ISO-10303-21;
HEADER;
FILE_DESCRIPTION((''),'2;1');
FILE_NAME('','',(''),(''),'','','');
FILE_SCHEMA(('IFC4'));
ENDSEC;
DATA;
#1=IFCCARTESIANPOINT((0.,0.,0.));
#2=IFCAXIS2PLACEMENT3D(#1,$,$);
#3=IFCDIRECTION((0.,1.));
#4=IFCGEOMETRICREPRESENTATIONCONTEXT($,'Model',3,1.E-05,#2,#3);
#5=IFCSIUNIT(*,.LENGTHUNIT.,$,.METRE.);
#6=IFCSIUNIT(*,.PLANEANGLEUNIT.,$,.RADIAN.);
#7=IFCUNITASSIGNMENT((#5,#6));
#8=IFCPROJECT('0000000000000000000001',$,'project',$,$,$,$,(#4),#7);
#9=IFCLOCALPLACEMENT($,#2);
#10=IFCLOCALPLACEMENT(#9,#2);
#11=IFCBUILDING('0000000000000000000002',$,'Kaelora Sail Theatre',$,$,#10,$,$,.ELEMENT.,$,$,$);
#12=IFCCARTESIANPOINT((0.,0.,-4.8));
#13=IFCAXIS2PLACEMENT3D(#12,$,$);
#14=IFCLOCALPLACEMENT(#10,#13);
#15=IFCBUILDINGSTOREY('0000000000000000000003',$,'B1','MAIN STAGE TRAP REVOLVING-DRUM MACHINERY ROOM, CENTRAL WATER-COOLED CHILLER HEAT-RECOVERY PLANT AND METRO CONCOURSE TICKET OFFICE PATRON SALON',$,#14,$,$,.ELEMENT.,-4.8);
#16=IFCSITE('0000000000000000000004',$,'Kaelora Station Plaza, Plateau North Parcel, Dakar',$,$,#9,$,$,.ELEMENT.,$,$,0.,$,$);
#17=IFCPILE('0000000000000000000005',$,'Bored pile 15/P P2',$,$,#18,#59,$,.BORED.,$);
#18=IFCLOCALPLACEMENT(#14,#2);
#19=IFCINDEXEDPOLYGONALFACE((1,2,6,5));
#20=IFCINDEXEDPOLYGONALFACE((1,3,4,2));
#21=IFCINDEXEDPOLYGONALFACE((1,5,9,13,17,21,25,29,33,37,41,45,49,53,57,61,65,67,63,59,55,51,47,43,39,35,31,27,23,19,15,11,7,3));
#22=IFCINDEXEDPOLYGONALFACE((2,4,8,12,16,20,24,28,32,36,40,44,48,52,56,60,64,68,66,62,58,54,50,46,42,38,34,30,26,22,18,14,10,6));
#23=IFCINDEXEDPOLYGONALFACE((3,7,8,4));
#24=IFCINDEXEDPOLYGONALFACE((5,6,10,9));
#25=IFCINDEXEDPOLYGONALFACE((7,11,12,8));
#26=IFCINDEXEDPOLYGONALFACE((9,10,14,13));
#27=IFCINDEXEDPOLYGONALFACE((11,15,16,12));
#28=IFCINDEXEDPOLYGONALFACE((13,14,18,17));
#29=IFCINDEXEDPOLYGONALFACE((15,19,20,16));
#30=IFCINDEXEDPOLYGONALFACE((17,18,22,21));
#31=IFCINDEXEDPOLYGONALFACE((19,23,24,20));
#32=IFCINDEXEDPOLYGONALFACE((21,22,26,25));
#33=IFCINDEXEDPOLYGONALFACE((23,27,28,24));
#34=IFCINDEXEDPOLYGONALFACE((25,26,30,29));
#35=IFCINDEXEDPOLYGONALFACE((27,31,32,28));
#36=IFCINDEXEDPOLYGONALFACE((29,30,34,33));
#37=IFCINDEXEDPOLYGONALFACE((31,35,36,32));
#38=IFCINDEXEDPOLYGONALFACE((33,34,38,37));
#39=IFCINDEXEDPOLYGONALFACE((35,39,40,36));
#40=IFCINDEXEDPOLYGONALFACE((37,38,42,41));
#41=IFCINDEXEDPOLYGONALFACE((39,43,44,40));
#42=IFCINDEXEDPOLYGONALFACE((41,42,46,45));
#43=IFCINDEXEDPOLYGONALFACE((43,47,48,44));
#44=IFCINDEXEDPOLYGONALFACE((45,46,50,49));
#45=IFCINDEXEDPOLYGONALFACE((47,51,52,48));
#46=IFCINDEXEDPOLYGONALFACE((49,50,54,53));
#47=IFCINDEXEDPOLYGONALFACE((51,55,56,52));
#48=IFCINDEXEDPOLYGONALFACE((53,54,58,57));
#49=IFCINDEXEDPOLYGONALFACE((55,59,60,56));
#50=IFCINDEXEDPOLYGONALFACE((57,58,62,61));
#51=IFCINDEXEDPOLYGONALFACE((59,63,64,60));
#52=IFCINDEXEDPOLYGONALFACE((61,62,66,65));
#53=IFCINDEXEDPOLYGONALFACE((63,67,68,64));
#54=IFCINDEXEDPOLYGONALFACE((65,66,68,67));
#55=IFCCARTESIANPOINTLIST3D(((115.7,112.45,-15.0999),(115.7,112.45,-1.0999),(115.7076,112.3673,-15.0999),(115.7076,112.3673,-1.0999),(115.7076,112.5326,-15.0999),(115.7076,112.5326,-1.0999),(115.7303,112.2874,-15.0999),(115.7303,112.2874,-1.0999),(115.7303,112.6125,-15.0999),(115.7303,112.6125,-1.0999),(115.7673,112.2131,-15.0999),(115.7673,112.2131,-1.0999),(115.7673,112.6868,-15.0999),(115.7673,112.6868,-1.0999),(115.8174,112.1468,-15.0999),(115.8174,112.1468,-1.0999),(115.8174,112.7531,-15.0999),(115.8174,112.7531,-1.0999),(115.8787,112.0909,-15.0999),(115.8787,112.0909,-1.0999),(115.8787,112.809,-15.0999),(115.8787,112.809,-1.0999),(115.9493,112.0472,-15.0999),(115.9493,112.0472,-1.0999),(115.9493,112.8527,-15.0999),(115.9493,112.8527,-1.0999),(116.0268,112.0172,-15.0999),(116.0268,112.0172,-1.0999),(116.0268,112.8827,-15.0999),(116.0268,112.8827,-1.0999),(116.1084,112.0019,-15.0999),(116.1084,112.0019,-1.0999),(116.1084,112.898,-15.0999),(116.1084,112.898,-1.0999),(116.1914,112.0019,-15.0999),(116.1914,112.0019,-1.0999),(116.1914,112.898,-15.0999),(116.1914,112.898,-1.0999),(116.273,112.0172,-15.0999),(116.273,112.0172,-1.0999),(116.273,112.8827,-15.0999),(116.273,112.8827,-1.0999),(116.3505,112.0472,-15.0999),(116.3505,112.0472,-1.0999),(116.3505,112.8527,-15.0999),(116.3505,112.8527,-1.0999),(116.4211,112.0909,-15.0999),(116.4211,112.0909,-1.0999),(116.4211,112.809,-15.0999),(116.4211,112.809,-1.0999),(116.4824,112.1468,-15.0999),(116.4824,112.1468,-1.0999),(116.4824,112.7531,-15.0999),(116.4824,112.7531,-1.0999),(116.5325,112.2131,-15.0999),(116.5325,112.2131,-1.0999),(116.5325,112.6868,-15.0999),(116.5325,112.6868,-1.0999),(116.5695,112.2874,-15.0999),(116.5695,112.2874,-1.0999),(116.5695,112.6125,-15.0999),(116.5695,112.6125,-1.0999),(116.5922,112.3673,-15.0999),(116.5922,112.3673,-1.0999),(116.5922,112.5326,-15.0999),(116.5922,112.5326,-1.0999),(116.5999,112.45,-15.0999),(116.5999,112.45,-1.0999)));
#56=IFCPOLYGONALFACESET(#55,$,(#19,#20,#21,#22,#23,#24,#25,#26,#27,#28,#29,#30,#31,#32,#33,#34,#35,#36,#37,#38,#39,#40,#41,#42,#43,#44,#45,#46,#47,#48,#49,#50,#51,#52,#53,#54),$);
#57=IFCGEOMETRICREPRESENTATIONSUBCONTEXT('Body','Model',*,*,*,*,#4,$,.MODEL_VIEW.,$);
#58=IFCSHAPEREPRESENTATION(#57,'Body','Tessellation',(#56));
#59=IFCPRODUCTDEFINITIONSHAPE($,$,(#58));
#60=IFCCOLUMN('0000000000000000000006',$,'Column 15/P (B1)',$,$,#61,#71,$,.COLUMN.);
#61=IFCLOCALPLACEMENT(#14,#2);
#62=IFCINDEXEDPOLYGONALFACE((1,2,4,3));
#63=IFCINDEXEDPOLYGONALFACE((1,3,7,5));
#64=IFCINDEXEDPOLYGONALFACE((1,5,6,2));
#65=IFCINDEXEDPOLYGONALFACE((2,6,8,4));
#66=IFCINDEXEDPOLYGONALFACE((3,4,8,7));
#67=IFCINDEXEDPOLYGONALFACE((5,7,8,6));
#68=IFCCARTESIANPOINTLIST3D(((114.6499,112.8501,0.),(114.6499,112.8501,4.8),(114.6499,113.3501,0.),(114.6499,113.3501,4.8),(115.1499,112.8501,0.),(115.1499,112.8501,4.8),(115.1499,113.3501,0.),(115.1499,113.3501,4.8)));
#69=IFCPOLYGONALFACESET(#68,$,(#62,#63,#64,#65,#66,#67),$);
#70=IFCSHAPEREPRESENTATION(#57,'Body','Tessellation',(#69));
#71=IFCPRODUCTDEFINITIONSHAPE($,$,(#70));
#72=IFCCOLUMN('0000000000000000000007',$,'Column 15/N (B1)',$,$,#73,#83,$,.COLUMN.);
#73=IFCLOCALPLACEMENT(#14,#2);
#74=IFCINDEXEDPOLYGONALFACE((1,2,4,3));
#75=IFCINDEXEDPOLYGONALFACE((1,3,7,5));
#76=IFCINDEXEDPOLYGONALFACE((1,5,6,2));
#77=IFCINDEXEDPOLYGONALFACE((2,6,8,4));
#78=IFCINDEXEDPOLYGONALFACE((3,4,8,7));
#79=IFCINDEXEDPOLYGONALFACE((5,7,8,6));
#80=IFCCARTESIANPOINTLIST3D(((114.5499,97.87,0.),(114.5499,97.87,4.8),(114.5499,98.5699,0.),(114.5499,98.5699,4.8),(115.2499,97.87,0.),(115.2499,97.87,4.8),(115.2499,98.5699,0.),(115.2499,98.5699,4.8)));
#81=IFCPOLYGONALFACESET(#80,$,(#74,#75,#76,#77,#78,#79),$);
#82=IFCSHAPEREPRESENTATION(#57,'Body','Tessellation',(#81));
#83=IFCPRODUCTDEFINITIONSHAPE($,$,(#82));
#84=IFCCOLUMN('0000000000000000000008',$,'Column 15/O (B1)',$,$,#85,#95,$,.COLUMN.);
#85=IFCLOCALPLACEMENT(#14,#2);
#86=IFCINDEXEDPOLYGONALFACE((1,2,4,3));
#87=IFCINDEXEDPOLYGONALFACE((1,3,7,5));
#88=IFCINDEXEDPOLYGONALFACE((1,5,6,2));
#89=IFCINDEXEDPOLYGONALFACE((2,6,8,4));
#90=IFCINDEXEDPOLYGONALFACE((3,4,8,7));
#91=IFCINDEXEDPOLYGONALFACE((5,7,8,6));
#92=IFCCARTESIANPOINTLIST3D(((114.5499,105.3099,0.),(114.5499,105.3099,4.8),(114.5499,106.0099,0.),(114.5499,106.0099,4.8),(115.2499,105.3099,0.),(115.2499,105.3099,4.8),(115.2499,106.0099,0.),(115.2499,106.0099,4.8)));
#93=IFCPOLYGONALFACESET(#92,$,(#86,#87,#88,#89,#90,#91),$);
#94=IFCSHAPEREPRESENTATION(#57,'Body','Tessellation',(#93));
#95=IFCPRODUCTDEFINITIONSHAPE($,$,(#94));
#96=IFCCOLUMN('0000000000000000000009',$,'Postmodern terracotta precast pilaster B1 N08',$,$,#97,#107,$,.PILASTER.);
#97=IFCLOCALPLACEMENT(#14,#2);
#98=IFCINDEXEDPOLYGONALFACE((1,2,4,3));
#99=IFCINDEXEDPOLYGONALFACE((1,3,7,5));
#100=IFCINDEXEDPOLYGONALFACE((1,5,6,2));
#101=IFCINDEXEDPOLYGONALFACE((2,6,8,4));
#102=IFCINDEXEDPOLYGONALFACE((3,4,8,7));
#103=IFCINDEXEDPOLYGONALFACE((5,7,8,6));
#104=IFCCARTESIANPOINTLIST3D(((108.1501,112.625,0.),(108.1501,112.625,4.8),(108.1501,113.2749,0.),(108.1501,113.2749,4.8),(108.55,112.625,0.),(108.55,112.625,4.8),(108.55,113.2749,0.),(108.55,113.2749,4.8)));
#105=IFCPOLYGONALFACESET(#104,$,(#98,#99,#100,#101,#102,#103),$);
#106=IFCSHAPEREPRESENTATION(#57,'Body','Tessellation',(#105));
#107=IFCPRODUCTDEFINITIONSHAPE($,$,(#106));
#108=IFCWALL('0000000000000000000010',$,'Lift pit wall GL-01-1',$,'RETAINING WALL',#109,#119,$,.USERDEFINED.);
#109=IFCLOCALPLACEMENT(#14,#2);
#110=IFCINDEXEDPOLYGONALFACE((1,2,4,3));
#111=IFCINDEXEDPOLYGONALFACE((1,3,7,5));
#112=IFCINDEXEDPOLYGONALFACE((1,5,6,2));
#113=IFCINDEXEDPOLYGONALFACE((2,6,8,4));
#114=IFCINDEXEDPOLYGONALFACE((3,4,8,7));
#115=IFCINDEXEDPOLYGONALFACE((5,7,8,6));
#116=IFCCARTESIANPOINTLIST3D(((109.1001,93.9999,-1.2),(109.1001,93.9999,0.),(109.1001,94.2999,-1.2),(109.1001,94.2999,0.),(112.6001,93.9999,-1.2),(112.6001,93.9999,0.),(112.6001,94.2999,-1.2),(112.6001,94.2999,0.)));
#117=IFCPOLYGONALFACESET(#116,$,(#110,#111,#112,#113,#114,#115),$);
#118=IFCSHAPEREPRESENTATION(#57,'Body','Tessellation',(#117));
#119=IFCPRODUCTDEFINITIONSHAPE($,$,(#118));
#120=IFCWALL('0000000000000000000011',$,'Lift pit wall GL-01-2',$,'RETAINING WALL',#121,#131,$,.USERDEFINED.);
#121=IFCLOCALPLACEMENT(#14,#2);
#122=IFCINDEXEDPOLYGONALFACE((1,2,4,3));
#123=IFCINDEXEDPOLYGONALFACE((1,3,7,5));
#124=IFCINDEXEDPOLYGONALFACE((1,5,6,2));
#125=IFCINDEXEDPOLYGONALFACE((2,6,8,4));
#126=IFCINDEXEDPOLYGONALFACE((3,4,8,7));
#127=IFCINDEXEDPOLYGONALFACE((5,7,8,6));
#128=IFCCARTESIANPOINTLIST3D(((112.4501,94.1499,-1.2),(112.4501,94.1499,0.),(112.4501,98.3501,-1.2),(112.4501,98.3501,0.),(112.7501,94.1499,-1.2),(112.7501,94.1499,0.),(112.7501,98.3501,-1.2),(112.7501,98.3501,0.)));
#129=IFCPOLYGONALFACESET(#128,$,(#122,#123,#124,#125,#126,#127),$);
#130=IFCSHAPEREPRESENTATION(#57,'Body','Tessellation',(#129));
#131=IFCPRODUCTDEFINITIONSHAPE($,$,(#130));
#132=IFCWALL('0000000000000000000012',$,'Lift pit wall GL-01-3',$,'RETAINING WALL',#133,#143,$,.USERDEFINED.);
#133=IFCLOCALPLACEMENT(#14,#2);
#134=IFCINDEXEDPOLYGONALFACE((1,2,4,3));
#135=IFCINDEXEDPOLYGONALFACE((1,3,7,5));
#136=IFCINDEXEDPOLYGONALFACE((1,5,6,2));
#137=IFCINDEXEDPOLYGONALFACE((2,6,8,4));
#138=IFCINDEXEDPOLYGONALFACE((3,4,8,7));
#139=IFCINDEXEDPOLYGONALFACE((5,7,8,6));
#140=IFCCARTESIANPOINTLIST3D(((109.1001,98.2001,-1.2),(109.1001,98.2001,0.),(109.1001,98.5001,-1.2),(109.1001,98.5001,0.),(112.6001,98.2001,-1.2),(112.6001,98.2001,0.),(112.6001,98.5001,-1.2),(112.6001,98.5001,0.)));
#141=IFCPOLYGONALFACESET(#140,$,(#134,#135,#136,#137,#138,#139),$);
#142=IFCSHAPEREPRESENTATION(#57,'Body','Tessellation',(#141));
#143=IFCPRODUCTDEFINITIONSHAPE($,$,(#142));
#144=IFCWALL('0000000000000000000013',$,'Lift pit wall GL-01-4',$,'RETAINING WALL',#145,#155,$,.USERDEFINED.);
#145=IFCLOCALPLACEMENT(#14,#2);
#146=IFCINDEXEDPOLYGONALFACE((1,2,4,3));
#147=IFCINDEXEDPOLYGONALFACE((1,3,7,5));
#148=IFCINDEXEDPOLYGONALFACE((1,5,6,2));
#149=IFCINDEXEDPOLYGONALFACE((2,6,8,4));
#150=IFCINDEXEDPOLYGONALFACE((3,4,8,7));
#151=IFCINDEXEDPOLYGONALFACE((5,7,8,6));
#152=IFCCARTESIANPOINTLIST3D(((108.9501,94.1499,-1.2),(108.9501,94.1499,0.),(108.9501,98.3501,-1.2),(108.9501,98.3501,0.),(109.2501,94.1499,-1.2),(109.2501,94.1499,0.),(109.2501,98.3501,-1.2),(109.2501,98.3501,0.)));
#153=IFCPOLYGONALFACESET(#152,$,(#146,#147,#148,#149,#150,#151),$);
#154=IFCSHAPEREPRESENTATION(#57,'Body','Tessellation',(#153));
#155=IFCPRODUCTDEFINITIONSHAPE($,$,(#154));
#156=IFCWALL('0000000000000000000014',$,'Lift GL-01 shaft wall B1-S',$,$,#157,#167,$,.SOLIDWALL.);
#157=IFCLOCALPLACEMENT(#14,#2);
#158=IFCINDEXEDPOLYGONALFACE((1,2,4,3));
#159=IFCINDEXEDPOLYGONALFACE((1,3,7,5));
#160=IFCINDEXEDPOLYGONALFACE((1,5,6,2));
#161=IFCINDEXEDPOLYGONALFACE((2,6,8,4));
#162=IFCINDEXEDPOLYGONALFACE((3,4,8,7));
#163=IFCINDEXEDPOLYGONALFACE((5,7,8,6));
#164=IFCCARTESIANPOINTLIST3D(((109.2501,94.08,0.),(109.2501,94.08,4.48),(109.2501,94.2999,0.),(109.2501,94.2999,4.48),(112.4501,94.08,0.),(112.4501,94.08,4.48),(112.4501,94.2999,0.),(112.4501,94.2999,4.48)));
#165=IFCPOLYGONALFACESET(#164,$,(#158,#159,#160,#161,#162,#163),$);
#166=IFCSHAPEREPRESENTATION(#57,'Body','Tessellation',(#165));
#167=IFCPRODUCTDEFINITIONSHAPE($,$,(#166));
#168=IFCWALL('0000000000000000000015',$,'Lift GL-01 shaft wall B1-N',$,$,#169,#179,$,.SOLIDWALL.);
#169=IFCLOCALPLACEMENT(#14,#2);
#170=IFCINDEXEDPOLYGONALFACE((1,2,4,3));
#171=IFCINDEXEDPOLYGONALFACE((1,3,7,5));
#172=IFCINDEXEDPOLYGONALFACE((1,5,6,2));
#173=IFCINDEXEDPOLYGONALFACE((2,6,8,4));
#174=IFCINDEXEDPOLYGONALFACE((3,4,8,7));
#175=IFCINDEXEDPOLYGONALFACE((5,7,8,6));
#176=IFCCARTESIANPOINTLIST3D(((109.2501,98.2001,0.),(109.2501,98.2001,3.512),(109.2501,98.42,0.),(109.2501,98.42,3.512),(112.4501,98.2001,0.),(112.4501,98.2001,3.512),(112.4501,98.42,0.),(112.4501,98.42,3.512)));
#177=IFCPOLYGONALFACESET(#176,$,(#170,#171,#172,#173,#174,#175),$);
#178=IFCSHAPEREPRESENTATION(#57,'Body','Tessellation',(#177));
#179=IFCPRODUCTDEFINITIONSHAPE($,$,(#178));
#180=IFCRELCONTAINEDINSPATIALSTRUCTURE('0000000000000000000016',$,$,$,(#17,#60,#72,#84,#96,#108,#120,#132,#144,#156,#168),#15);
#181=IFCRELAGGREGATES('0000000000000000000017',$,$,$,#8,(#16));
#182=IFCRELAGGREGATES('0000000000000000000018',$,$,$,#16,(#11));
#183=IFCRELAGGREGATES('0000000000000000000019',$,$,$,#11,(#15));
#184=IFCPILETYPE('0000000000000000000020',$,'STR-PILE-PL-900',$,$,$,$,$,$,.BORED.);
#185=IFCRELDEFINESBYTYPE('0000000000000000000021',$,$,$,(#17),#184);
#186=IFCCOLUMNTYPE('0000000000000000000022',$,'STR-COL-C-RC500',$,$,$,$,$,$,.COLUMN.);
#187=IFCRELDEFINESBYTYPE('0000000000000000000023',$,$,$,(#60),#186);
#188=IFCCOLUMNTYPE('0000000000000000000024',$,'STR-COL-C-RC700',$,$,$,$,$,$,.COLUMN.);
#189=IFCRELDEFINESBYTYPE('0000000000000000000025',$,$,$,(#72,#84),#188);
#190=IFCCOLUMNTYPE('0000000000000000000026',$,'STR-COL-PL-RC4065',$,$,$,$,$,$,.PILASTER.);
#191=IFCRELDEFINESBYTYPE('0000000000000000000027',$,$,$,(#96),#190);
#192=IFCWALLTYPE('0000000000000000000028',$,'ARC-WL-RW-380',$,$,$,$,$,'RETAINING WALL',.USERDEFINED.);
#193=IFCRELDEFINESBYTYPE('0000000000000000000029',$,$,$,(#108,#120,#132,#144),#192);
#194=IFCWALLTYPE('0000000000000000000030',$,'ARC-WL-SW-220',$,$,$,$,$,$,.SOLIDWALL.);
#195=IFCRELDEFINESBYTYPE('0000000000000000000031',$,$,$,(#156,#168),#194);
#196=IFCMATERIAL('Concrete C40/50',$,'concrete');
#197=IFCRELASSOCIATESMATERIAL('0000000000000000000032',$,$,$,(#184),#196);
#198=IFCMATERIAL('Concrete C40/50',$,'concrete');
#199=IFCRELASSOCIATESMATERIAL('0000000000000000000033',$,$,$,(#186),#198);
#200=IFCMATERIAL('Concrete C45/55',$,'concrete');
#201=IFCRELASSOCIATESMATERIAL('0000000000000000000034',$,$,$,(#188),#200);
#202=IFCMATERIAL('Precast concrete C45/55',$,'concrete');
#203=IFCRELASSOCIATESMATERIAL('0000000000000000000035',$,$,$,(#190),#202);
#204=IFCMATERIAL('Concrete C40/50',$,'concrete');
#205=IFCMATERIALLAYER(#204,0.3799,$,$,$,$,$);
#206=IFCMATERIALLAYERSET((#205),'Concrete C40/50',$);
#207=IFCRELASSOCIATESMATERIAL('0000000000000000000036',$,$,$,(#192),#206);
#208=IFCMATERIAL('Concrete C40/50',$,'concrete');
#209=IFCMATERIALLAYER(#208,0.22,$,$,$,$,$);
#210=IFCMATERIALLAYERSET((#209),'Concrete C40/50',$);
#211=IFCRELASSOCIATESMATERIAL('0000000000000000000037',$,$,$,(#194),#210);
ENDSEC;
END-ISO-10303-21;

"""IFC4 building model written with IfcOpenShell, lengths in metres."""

from ifc_helpers import new_model, si_unit, direction, frame, frame_2d, origin, origin_2d, place, context, subcontext, project, spatial, rectangle, circle, extrude, material, layer, layer_set, material_profile, profile_set, type_object, element, save


model = new_model("IFC4")

# Units and contexts
model_context = context("Model", 3, precision=1e-05, world=origin(), true_north=direction((0.0, 1.0)))
body_context = subcontext(model_context, "Body", "Model", "MODEL_VIEW")
ifc_project = project(units=[si_unit("LENGTHUNIT", "METRE"), si_unit("PLANEANGLEUNIT", "RADIAN")], contexts=[model_context])

# Site, building, storey
site_placement = place(None, origin())
site = spatial("IfcSite", under=ifc_project, at=site_placement, Name="Kaelora Station Plaza, Plateau North Parcel, Dakar", CompositionType="ELEMENT", RefElevation=0.0)
building_placement = place(site_placement, origin())
building = spatial("IfcBuilding", under=site, at=building_placement, Name="Kaelora Sail Theatre", CompositionType="ELEMENT")
storey_placement = place(building_placement, frame((0.0, 0.0, -4.8)))
storey = spatial("IfcBuildingStorey", under=building, at=storey_placement, Name="B1", Description="MAIN STAGE TRAP REVOLVING-DRUM MACHINERY ROOM, CENTRAL WATER-COOLED CHILLER HEAT-RECOVERY PLANT AND METRO CONCOURSE TICKET OFFICE PATRON SALON", CompositionType="ELEMENT", Elevation=-4.8)

# Pile
ifc_material_1 = material(Name="Concrete C40/50", Category="concrete")
ifc_material_profile_1 = material_profile(ifc_material_1, circle(Radius=0.45, at=origin_2d()), Name="PILE D900")
ifc_profile_set_1 = profile_set([ifc_material_profile_1], Name="Concrete C40/50")
pile_type_1 = type_object("IfcPileType", Name="STR-PILE-PL-900", PredefinedType="BORED", material=ifc_profile_set_1)
for number, where, z_axis, x_axis, name in (
    (1, (116.1499, 112.45, -1.0999), (0.0, 0.0, -1.0), (1.0, 0.0, 0.0), "Bored pile 15/P P2"),
):
    element("IfcPile", number, at=place(storey_placement, frame(where, z_axis=z_axis, x_axis=x_axis)), inside=storey, type_object=pile_type_1, Name=name, PredefinedType="BORED", context=body_context, shape_type="SweptSolid", body=[
        extrude(circle(Radius=0.45, at=origin_2d()), origin(), (0.0, 0.0, 1.0), 14.0),
    ])

# Columns
ifc_material_2 = material(Name="Concrete C40/50", Category="concrete")
ifc_material_profile_2 = material_profile(ifc_material_2, rectangle(XDim=0.5, YDim=0.5, at=origin_2d()), Name="RC-COL 500x500")
ifc_profile_set_2 = profile_set([ifc_material_profile_2], Name="Concrete C40/50")
column_type_1 = type_object("IfcColumnType", Name="STR-COL-C-RC500", PredefinedType="COLUMN", material=ifc_profile_set_2)
column_1_placement = place(storey_placement, frame((114.8999, 113.1001, 0.0), z_axis=(0.0, 0.0, 1.0), x_axis=(1.0, 0.0, 0.0)))
element("IfcColumn", 2, at=column_1_placement, inside=storey, type_object=column_type_1, Name="Column 15/P (B1)", PredefinedType="COLUMN", context=body_context, shape_type="SweptSolid", body=[
    extrude(rectangle(XDim=0.5, YDim=0.5, at=origin_2d()), origin(), (0.0, 0.0, 1.0), 4.8),
])
ifc_material_3 = material(Name="Concrete C45/55", Category="concrete")
ifc_material_profile_3 = material_profile(ifc_material_3, rectangle(XDim=0.7, YDim=0.7, at=origin_2d()), Name="RC-COL 700x700")
ifc_profile_set_3 = profile_set([ifc_material_profile_3], Name="Concrete C45/55")
column_type_2 = type_object("IfcColumnType", Name="STR-COL-C-RC700", PredefinedType="COLUMN", material=ifc_profile_set_3)
for number, where, z_axis, x_axis, name in (
    (3, (114.8999, 98.22, 0.0), (0.0, 0.0, 1.0), (1.0, 0.0, 0.0), "Column 15/N (B1)"),
    (4, (114.8999, 105.6599, 0.0), (0.0, 0.0, 1.0), (1.0, 0.0, 0.0), "Column 15/O (B1)"),
):
    element("IfcColumn", number, at=place(storey_placement, frame(where, z_axis=z_axis, x_axis=x_axis)), inside=storey, type_object=column_type_2, Name=name, PredefinedType="COLUMN", context=body_context, shape_type="SweptSolid", body=[
        extrude(rectangle(XDim=0.7, YDim=0.7, at=origin_2d()), origin(), (0.0, 0.0, 1.0), 4.8),
    ])
ifc_material_4 = material(Name="Precast concrete C45/55", Category="concrete")
ifc_material_profile_4 = material_profile(ifc_material_4, rectangle(XDim=0.3999, YDim=0.6499, at=origin_2d()), Name="RC-PIL 400x650")
ifc_profile_set_4 = profile_set([ifc_material_profile_4], Name="Precast concrete C45/55")
column_type_3 = type_object("IfcColumnType", Name="STR-COL-PL-RC4065", PredefinedType="PILASTER", material=ifc_profile_set_4)
column_2_placement = place(storey_placement, frame((108.3501, 112.95, 0.0), z_axis=(0.0, 0.0, 1.0), x_axis=(1.0, 0.0, 0.0)))
element("IfcColumn", 5, at=column_2_placement, inside=storey, type_object=column_type_3, Name="Postmodern terracotta precast pilaster B1 N08", PredefinedType="PILASTER", context=body_context, shape_type="SweptSolid", body=[
    extrude(rectangle(XDim=0.3999, YDim=0.6499, at=origin_2d()), origin(), (0.0, 0.0, 1.0), 4.8),
])

# Walls
ifc_material_5 = material(Name="Concrete C40/50", Category="concrete")
ifc_layer_1 = layer(ifc_material_5, 0.3799)
ifc_layer_set_1 = layer_set([ifc_layer_1], Name="Concrete C40/50")
wall_type_1 = type_object("IfcWallType", Name="ARC-WL-RW-380", ElementType="RETAINING WALL", PredefinedType="USERDEFINED", material=ifc_layer_set_1)
wall_1_placement = place(storey_placement, frame((109.1001, 94.1499, -1.2), z_axis=(0.0, 0.0, 1.0), x_axis=(1.0, 0.0, 0.0)))
element("IfcWall", 6, at=wall_1_placement, inside=storey, type_object=wall_type_1, Name="Lift pit wall GL-01-1", ObjectType="RETAINING WALL", PredefinedType="USERDEFINED", context=body_context, shape_type="SweptSolid", body=[
    extrude(rectangle(XDim=3.5, YDim=0.3, at=frame_2d((1.75, 0.0))), origin(), (0.0, 0.0, 1.0), 1.2),
])
wall_2_placement = place(storey_placement, frame((112.6001, 94.1499, -1.2), z_axis=(0.0, 0.0, 1.0), x_axis=(0.0, 1.0, 0.0)))
element("IfcWall", 7, at=wall_2_placement, inside=storey, type_object=wall_type_1, Name="Lift pit wall GL-01-2", ObjectType="RETAINING WALL", PredefinedType="USERDEFINED", context=body_context, shape_type="SweptSolid", body=[
    extrude(rectangle(XDim=4.2002, YDim=0.3, at=frame_2d((2.1001, 0.0))), origin(), (0.0, 0.0, 1.0), 1.2),
])
wall_3_placement = place(storey_placement, frame((112.6001, 98.3501, -1.2), z_axis=(0.0, 0.0, 1.0), x_axis=(-1.0, 0.0, 0.0)))
element("IfcWall", 8, at=wall_3_placement, inside=storey, type_object=wall_type_1, Name="Lift pit wall GL-01-3", ObjectType="RETAINING WALL", PredefinedType="USERDEFINED", context=body_context, shape_type="SweptSolid", body=[
    extrude(rectangle(XDim=3.5, YDim=0.3, at=frame_2d((1.75, 0.0))), origin(), (0.0, 0.0, 1.0), 1.2),
])
wall_4_placement = place(storey_placement, frame((109.1001, 98.3501, -1.2), z_axis=(0.0, 0.0, 1.0), x_axis=(0.0, -1.0, 0.0)))
element("IfcWall", 9, at=wall_4_placement, inside=storey, type_object=wall_type_1, Name="Lift pit wall GL-01-4", ObjectType="RETAINING WALL", PredefinedType="USERDEFINED", context=body_context, shape_type="SweptSolid", body=[
    extrude(rectangle(XDim=4.2002, YDim=0.3, at=frame_2d((2.1001, 0.0))), origin(), (0.0, 0.0, 1.0), 1.2),
])
ifc_material_6 = material(Name="Concrete C40/50", Category="concrete")
ifc_layer_2 = layer(ifc_material_6, 0.22)
ifc_layer_set_2 = layer_set([ifc_layer_2], Name="Concrete C40/50")
wall_type_2 = type_object("IfcWallType", Name="ARC-WL-SW-220", PredefinedType="SOLIDWALL", material=ifc_layer_set_2)
wall_5_placement = place(storey_placement, frame((109.25, 94.1899, 0.0), z_axis=(0.0, 0.0, 1.0), x_axis=(1.0, 0.0, 0.0)))
element("IfcWall", 10, at=wall_5_placement, inside=storey, type_object=wall_type_2, Name="Lift GL-01 shaft wall B1-S", PredefinedType="SOLIDWALL", context=body_context, shape_type="SweptSolid", body=[
    extrude(rectangle(XDim=3.2, YDim=0.22, at=frame_2d((1.6001, 0.0))), origin(), (0.0, 0.0, 1.0), 4.48),
])
wall_6_placement = place(storey_placement, frame((109.25, 98.3101, 0.0), z_axis=(0.0, 0.0, 1.0), x_axis=(1.0, 0.0, 0.0)))
element("IfcWall", 11, at=wall_6_placement, inside=storey, type_object=wall_type_2, Name="Lift GL-01 shaft wall B1-N", PredefinedType="SOLIDWALL", context=body_context, shape_type="SweptSolid", body=[
    extrude(rectangle(XDim=3.2, YDim=0.22, at=frame_2d((1.6001, 0.0))), origin(), (0.0, 0.0, 1.0), 3.512),
])

save(model, "model.ifc")
